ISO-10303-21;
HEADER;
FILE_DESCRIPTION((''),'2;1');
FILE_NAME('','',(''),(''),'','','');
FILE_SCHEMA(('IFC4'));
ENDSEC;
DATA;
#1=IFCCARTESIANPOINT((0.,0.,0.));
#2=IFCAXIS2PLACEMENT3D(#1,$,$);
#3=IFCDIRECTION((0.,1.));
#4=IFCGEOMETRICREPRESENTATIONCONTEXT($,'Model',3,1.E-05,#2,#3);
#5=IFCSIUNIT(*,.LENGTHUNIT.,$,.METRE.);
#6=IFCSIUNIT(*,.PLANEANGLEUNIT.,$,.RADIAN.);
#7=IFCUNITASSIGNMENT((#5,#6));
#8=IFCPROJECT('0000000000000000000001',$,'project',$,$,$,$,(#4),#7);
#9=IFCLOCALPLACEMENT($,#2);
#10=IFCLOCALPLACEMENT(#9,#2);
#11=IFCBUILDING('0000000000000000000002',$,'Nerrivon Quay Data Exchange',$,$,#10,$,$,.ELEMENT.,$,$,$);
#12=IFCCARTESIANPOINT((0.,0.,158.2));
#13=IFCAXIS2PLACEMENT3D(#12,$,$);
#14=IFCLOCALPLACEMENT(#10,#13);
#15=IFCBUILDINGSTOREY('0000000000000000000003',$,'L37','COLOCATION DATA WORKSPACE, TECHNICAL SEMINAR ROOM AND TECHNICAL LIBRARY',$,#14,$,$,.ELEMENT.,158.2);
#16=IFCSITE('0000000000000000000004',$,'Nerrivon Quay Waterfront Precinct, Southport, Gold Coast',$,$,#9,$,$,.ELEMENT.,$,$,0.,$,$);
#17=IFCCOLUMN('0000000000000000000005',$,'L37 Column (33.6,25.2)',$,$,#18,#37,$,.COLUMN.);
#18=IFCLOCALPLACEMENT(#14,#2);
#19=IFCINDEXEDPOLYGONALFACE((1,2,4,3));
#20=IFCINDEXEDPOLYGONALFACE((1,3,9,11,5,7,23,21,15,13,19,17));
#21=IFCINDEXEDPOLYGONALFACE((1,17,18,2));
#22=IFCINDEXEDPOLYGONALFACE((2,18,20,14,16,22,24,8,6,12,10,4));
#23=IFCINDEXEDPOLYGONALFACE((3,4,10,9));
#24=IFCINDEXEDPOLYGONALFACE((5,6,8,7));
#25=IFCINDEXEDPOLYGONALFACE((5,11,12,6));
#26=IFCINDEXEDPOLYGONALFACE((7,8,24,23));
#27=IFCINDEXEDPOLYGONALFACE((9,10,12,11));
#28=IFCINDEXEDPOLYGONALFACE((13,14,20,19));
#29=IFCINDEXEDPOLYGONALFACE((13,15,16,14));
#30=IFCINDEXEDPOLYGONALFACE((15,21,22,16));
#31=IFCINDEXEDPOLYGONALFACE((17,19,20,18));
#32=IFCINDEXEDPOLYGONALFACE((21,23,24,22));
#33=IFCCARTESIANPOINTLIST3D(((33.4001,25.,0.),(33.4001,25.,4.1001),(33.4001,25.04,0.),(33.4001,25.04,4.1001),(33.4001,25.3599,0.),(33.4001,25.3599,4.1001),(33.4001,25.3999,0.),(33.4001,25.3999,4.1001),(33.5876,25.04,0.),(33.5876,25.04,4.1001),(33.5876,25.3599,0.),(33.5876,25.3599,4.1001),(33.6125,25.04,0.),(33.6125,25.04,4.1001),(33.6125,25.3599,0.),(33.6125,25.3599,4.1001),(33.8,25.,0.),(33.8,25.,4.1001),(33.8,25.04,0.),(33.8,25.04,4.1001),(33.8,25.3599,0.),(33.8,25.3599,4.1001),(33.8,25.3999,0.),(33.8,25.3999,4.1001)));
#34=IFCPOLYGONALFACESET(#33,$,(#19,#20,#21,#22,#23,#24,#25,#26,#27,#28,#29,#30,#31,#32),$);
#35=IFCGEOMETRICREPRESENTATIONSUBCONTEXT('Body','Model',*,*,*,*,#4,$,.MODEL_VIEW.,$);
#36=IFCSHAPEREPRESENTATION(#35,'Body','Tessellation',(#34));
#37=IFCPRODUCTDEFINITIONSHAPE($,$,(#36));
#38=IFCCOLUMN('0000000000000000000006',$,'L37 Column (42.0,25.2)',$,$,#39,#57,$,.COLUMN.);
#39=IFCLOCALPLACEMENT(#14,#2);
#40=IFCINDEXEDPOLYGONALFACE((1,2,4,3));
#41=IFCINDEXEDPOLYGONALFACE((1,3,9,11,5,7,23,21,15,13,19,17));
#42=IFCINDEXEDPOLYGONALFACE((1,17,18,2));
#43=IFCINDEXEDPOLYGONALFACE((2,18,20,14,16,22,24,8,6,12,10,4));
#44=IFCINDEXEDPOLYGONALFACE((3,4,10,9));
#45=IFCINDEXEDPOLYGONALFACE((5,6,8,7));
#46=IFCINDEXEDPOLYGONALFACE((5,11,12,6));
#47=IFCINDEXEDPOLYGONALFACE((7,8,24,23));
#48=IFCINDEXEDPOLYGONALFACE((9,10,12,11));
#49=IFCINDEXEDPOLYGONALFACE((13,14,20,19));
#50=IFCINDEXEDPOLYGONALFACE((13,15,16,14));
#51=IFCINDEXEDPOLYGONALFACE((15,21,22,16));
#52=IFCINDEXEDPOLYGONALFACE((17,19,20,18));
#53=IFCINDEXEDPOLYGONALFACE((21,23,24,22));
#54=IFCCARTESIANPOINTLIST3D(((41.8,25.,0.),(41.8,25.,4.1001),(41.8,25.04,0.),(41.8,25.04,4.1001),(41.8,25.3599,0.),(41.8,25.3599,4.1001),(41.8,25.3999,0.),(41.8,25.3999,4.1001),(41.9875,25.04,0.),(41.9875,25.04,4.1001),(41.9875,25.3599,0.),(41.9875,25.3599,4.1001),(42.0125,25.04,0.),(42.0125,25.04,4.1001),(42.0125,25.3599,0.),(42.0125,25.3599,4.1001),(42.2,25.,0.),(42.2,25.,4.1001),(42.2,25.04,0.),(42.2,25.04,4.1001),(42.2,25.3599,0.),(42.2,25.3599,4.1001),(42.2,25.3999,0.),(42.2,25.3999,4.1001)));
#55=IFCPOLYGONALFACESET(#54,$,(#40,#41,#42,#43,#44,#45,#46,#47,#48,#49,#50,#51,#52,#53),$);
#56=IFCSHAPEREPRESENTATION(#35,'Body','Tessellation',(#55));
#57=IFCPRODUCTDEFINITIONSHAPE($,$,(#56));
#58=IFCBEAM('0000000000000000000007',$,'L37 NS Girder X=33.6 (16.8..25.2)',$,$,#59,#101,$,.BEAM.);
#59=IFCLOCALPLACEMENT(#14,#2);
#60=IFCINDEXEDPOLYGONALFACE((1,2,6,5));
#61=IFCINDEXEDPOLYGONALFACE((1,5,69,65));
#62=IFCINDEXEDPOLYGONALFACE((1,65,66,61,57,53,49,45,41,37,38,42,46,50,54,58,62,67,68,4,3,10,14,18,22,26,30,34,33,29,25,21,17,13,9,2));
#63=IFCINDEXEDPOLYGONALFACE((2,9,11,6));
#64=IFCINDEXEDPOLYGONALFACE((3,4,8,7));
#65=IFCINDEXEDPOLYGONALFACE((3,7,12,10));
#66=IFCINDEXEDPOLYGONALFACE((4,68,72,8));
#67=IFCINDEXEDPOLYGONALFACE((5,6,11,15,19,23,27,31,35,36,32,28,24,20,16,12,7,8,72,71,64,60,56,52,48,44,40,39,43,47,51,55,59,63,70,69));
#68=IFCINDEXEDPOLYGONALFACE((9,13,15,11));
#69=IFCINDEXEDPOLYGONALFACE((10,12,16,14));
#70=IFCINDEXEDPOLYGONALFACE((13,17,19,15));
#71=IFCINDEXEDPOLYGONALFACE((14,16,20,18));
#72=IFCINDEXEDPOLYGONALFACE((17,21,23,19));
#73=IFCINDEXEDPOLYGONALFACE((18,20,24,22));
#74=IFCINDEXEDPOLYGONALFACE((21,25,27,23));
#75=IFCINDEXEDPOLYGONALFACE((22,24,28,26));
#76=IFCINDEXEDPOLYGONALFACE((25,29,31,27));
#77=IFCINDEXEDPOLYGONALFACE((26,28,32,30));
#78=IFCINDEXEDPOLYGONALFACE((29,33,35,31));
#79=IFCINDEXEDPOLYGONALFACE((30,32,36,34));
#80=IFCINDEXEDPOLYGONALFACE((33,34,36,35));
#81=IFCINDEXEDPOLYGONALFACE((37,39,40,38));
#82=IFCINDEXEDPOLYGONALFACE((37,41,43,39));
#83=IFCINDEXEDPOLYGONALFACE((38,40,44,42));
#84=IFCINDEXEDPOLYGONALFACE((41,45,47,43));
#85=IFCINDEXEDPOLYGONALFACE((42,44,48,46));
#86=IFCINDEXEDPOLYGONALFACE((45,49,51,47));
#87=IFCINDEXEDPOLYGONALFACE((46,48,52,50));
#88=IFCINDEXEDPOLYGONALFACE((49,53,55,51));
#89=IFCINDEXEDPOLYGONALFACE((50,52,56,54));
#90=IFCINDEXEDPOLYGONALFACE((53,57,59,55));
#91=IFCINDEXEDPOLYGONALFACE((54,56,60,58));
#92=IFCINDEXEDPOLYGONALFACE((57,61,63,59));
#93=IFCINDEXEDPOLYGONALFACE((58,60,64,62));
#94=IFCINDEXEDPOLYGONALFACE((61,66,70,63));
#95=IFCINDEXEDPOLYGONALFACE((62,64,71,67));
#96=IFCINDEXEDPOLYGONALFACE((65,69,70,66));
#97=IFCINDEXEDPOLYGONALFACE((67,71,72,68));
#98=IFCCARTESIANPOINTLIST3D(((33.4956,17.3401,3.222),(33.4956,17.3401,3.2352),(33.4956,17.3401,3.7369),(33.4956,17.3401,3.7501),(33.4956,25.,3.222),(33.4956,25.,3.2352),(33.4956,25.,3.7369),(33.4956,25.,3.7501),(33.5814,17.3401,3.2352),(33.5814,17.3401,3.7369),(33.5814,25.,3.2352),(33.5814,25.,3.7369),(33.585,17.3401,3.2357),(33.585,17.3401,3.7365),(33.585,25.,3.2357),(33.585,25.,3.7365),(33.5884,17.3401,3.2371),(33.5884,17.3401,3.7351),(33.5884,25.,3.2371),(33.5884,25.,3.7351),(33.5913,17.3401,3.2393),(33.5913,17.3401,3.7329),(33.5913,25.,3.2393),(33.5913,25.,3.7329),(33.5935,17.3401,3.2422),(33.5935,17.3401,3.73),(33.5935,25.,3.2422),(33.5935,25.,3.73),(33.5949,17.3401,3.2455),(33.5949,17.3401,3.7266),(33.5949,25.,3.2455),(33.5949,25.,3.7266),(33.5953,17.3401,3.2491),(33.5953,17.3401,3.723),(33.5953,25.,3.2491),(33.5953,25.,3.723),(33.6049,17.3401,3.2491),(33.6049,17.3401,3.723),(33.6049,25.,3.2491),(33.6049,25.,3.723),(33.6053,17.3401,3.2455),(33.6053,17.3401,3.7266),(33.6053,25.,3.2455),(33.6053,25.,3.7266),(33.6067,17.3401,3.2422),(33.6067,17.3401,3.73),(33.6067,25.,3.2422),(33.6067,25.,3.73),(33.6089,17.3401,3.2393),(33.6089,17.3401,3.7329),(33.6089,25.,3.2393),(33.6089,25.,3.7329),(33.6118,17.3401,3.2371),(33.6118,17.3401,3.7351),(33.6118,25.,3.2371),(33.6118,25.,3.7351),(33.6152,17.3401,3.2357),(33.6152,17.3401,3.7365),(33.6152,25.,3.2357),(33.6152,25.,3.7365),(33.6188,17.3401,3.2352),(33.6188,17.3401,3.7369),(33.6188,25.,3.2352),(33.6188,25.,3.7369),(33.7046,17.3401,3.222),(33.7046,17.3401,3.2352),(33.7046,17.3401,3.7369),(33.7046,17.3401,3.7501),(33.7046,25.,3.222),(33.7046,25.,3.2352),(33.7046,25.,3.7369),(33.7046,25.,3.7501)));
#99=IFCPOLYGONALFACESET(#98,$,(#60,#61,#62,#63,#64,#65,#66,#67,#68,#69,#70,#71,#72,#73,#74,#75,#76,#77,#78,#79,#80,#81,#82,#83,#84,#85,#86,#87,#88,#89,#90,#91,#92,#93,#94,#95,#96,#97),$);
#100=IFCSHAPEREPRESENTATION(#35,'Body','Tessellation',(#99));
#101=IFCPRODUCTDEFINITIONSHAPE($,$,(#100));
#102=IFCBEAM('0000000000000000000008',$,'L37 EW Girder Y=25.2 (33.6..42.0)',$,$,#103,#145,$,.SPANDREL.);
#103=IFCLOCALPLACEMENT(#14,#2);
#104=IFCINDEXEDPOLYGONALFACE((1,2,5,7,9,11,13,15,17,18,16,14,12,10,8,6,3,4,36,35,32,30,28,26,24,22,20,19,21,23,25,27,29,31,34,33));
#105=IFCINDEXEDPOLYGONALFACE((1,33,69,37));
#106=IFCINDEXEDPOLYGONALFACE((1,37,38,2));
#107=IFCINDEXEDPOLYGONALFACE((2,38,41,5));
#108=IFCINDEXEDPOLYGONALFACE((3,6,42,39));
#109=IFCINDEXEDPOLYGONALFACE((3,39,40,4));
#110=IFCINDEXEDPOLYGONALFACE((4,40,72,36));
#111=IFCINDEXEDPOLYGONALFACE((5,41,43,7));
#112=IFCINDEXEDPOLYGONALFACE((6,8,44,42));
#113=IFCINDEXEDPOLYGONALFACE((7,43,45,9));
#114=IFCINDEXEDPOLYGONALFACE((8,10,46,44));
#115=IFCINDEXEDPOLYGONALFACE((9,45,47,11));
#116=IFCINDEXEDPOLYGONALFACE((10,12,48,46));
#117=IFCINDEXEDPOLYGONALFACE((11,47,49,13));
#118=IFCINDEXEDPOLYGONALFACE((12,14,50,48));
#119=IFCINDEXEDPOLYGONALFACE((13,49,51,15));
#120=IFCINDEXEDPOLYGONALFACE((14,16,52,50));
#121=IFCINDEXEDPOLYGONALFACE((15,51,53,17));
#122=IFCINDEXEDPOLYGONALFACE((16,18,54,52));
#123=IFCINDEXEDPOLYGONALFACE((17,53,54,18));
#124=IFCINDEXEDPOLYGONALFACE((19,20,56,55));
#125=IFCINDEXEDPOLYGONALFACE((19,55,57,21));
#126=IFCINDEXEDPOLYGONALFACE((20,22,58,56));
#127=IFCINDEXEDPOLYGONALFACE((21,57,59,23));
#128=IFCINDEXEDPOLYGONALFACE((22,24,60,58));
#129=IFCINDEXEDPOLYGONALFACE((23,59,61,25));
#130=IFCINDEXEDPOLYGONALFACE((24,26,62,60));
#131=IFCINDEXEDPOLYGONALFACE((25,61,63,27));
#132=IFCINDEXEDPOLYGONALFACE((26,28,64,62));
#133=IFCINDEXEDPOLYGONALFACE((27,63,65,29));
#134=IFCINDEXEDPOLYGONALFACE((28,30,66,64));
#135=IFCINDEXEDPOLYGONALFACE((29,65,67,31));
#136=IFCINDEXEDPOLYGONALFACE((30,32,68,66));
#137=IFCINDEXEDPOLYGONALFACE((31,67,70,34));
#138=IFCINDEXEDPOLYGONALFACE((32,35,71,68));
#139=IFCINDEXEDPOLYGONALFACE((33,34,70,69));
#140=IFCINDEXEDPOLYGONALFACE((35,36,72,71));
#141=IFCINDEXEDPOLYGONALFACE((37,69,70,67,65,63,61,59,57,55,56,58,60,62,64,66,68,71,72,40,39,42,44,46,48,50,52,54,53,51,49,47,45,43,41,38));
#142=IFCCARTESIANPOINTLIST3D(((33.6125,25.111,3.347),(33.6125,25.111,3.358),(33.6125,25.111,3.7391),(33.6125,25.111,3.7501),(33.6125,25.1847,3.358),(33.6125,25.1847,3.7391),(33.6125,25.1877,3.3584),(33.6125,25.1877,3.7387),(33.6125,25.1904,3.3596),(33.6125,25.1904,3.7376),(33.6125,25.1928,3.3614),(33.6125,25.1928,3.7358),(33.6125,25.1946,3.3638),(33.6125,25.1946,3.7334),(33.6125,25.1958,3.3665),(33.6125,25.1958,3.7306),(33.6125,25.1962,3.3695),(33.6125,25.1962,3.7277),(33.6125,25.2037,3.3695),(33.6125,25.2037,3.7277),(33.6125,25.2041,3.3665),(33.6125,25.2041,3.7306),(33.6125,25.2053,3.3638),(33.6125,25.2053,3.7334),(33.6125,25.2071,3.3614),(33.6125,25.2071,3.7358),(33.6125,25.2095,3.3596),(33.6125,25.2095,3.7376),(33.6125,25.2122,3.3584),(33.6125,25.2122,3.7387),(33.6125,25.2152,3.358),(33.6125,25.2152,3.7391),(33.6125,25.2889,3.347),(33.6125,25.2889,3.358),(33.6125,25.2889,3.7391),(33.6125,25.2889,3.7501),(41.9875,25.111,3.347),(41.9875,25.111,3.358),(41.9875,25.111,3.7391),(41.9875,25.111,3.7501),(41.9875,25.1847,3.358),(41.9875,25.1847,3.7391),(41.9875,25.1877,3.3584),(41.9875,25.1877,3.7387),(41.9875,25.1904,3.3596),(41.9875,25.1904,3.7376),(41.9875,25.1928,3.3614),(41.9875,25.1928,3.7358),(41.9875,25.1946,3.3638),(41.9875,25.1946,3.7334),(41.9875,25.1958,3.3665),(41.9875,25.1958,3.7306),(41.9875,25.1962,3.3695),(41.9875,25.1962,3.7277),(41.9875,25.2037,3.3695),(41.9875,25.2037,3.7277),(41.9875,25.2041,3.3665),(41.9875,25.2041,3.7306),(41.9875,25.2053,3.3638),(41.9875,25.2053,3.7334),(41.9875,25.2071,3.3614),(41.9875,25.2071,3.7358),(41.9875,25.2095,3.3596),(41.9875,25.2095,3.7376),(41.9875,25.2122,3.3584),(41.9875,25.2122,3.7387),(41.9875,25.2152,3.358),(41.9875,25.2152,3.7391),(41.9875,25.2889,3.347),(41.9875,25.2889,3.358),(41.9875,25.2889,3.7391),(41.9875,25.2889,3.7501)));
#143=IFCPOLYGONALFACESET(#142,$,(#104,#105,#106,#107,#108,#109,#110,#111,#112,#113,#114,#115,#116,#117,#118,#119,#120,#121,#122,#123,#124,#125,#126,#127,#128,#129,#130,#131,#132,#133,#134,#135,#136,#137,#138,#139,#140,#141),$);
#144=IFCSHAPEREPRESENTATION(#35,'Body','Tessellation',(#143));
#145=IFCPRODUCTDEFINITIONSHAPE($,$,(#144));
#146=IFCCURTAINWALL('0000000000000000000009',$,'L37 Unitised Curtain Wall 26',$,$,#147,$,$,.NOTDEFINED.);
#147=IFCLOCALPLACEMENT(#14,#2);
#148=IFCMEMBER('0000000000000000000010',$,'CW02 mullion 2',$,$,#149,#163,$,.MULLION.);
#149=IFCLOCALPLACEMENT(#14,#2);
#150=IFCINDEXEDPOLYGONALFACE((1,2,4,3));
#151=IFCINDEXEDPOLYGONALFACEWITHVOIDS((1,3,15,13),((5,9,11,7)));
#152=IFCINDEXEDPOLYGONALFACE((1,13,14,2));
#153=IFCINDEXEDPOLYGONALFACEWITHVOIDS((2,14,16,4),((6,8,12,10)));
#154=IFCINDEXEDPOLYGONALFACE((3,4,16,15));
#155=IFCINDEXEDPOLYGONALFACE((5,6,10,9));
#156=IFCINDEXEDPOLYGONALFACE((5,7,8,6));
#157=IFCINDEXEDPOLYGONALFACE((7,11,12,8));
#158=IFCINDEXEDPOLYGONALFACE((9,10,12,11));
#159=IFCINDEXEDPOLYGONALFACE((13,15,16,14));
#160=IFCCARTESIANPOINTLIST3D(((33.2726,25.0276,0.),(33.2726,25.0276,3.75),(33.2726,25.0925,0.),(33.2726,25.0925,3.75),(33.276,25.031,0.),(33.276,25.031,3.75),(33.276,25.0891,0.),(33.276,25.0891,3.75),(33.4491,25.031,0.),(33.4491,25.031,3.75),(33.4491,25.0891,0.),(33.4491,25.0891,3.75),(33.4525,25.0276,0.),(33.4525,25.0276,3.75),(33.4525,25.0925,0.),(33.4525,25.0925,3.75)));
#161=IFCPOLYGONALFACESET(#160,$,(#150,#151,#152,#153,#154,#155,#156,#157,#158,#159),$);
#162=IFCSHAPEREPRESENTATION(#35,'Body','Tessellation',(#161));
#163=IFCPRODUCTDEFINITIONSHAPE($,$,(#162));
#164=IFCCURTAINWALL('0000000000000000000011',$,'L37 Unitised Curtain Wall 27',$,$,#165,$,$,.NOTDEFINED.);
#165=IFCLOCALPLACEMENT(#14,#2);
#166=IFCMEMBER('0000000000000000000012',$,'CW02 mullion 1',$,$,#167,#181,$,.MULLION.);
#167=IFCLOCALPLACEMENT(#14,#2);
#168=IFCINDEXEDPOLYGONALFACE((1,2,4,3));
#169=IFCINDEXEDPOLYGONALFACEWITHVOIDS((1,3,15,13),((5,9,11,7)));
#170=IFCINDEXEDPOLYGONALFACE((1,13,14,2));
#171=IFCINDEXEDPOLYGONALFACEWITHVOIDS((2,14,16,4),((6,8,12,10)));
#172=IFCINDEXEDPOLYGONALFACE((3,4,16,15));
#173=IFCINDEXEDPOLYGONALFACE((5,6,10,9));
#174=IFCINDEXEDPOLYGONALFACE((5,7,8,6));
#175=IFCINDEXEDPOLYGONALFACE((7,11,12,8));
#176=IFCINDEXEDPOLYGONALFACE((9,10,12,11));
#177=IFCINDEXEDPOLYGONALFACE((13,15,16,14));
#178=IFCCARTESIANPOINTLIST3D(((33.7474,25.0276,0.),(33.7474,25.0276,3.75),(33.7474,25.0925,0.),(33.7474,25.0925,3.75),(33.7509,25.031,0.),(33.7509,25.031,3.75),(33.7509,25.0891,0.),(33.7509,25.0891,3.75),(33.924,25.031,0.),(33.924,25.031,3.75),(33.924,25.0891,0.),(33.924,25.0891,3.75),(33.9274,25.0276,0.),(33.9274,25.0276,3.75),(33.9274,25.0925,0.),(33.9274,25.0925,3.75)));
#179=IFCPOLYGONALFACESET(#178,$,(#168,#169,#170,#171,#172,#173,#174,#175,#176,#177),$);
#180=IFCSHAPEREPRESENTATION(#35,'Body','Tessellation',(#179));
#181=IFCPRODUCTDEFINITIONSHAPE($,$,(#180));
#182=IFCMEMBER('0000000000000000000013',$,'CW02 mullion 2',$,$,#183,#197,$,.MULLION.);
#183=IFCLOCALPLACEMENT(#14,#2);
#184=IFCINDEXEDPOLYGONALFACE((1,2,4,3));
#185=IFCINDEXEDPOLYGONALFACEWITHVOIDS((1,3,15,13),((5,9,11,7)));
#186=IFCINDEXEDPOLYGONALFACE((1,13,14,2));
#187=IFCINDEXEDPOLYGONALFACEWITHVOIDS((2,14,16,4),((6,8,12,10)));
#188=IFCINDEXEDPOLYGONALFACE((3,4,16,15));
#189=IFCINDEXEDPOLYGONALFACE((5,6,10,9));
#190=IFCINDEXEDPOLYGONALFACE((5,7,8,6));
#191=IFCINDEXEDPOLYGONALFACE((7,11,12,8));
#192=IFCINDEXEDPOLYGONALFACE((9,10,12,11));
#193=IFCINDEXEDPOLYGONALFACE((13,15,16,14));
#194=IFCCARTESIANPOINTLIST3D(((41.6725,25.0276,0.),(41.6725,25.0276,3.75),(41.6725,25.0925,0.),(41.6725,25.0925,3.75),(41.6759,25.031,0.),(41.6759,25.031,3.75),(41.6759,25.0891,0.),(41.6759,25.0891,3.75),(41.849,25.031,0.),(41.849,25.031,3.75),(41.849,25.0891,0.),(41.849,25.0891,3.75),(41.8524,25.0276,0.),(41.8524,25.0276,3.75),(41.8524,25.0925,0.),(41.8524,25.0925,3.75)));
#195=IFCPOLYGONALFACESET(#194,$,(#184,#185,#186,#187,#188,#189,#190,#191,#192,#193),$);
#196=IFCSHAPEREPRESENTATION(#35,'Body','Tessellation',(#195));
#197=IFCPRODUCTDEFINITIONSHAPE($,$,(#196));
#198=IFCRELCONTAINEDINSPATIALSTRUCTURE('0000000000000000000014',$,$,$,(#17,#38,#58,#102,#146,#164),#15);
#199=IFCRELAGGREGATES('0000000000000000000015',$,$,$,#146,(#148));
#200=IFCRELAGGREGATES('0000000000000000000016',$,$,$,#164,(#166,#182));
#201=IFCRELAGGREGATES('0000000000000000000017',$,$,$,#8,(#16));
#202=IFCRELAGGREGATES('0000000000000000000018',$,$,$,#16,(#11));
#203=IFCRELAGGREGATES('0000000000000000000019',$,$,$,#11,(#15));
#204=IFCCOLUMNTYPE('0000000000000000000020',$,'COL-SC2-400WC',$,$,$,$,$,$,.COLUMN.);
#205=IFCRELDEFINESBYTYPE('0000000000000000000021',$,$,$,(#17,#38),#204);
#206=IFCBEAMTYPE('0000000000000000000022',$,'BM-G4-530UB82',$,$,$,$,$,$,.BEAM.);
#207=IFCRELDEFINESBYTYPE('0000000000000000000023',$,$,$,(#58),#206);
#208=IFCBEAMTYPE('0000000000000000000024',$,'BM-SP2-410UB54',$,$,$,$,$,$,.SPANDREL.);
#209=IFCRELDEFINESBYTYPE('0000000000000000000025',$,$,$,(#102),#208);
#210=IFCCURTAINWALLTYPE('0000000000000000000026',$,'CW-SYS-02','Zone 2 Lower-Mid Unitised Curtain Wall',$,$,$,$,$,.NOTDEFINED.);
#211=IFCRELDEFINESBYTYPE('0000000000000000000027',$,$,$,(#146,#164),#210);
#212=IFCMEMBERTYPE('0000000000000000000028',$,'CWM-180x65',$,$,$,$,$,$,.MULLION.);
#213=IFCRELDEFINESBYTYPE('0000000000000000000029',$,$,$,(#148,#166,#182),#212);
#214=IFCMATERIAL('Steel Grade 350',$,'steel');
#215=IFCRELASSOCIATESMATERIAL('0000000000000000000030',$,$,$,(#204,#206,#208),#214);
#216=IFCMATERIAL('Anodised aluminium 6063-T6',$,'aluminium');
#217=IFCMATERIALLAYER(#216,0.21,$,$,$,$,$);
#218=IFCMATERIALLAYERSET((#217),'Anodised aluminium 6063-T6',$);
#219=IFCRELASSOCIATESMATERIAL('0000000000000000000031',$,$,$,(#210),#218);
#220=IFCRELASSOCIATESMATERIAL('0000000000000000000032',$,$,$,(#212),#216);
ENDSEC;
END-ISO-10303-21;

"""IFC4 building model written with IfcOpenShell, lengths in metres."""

from ifc_helpers import new_model, si_unit, direction, frame, origin, origin_2d, place, context, subcontext, project, spatial, hollow_rectangle, i_section, extrude, material, layer, layer_set, material_profile, profile_set, type_object, element, aggregate, save


model = new_model("IFC4")

# Units and contexts
model_context = context("Model", 3, precision=1e-05, world=origin(), true_north=direction((0.0, 1.0)))
body_context = subcontext(model_context, "Body", "Model", "MODEL_VIEW")
ifc_project = project(units=[si_unit("LENGTHUNIT", "METRE"), si_unit("PLANEANGLEUNIT", "RADIAN")], contexts=[model_context])

# Site, building, storey
site_placement = place(None, origin())
site = spatial("IfcSite", under=ifc_project, at=site_placement, Name="Nerrivon Quay Waterfront Precinct, Southport, Gold Coast", CompositionType="ELEMENT", RefElevation=0.0)
building_placement = place(site_placement, origin())
building = spatial("IfcBuilding", under=site, at=building_placement, Name="Nerrivon Quay Data Exchange", CompositionType="ELEMENT")
storey_placement = place(building_placement, frame((0.0, 0.0, 158.2)))
storey = spatial("IfcBuildingStorey", under=building, at=storey_placement, Name="L37", Description="COLOCATION DATA WORKSPACE, TECHNICAL SEMINAR ROOM AND TECHNICAL LIBRARY", CompositionType="ELEMENT", Elevation=158.2)

# Columns
ifc_material_1 = material(Name="Steel Grade 350", Category="steel")
ifc_material_profile_1 = material_profile(ifc_material_1, i_section(OverallWidth=0.3999, OverallDepth=0.3999, WebThickness=0.0249, FlangeThickness=0.04, at=origin_2d()), Name="400WC328")
ifc_profile_set_1 = profile_set([ifc_material_profile_1], Name="Steel Grade 350")
column_type = type_object("IfcColumnType", Name="COL-SC2-400WC", PredefinedType="COLUMN", material=ifc_profile_set_1)
for number, where, z_axis, x_axis, name in (
    (1, (33.6001, 25.2, 0.0), (0.0, 0.0, 1.0), (1.0, 0.0, 0.0), "L37 Column (33.6,25.2)"),
    (2, (42.0, 25.2, 0.0), (0.0, 0.0, 1.0), (1.0, 0.0, 0.0), "L37 Column (42.0,25.2)"),
):
    element("IfcColumn", number, at=place(storey_placement, frame(where, z_axis=z_axis, x_axis=x_axis)), inside=storey, type_object=column_type, Name=name, PredefinedType="COLUMN", context=body_context, shape_type="SweptSolid", body=[
        extrude(i_section(OverallWidth=0.3999, OverallDepth=0.3999, WebThickness=0.0249, FlangeThickness=0.04, at=origin_2d()), origin(), (0.0, 0.0, 1.0), 4.1001),
    ])

# Beams
ifc_material_profile_2 = material_profile(ifc_material_1, i_section(OverallWidth=0.209, OverallDepth=0.5281, WebThickness=0.0095, FlangeThickness=0.0132, FilletRadius=0.0139, at=origin_2d()), Name="530UB82.0")
ifc_profile_set_2 = profile_set([ifc_material_profile_2], Name="Steel Grade 350")
beam_type_1 = type_object("IfcBeamType", Name="BM-G4-530UB82", PredefinedType="BEAM", material=ifc_profile_set_2)
beam_1_placement = place(storey_placement, frame((33.6001, 17.3401, 3.4861), z_axis=(0.0, 1.0, 0.0), x_axis=(-1.0, 0.0, 0.0)))
element("IfcBeam", 3, at=beam_1_placement, inside=storey, type_object=beam_type_1, Name="L37 NS Girder X=33.6 (16.8..25.2)", PredefinedType="BEAM", context=body_context, shape_type="SweptSolid", body=[
    extrude(i_section(OverallWidth=0.209, OverallDepth=0.5281, WebThickness=0.0095, FlangeThickness=0.0132, FilletRadius=0.0139, at=origin_2d()), origin(), (0.0, 0.0, 1.0), 7.6599),
])
ifc_material_profile_3 = material_profile(ifc_material_1, i_section(OverallWidth=0.178, OverallDepth=0.4031, WebThickness=0.0076, FlangeThickness=0.011, FilletRadius=0.0115, at=origin_2d()), Name="410UB53.7")
ifc_profile_set_3 = profile_set([ifc_material_profile_3], Name="Steel Grade 350")
beam_type_2 = type_object("IfcBeamType", Name="BM-SP2-410UB54", PredefinedType="SPANDREL", material=ifc_profile_set_3)
beam_2_placement = place(storey_placement, frame((33.6125, 25.2, 3.5486), z_axis=(1.0, 0.0, 0.0), x_axis=(0.0, 1.0, 0.0)))
element("IfcBeam", 4, at=beam_2_placement, inside=storey, type_object=beam_type_2, Name="L37 EW Girder Y=25.2 (33.6..42.0)", PredefinedType="SPANDREL", context=body_context, shape_type="SweptSolid", body=[
    extrude(i_section(OverallWidth=0.178, OverallDepth=0.4031, WebThickness=0.0076, FlangeThickness=0.011, FilletRadius=0.0115, at=origin_2d()), origin(), (0.0, 0.0, 1.0), 8.375),
])

# Curtain wall, member
ifc_material_2 = material(Name="Anodised aluminium 6063-T6", Category="aluminium")
ifc_layer_1 = layer(ifc_material_2, 0.21)
ifc_layer_set_1 = layer_set([ifc_layer_1], Name="Anodised aluminium 6063-T6")
curtain_wall_type = type_object("IfcCurtainWallType", Name="CW-SYS-02", Description="Zone 2 Lower-Mid Unitised Curtain Wall", PredefinedType="NOTDEFINED", material=ifc_layer_set_1)
curtain_wall_1_placement = place(storey_placement, origin())
curtain_wall_1 = element("IfcCurtainWall", 5, at=curtain_wall_1_placement, inside=storey, type_object=curtain_wall_type, Name="L37 Unitised Curtain Wall 26", PredefinedType="NOTDEFINED")
ifc_material_profile_4 = material_profile(ifc_material_2, hollow_rectangle(XDim=0.0649, YDim=0.1799, WallThickness=0.0034, at=origin_2d()), Name="ALU-MULL-180x65")
ifc_profile_set_4 = profile_set([ifc_material_profile_4], Name="Anodised aluminium 6063-T6")
member_type_1 = type_object("IfcMemberType", Name="CWM-180x65", PredefinedType="MULLION", material=ifc_profile_set_4)
member_1_placement = place(storey_placement, frame((33.3625, 25.0601, 0.0), z_axis=(0.0, 0.0, 1.0), x_axis=(0.0, 1.0, 0.0)))
member_1 = element("IfcMember", 6, at=member_1_placement, type_object=member_type_1, Name="CW02 mullion 2", PredefinedType="MULLION", context=body_context, shape_type="SweptSolid", body=[
    extrude(hollow_rectangle(XDim=0.0649, YDim=0.1799, WallThickness=0.0034, at=origin_2d()), origin(), (0.0, 0.0, 1.0), 3.75),
])

# Curtain wall, members
curtain_wall_2_placement = place(storey_placement, origin())
curtain_wall_2 = element("IfcCurtainWall", 7, at=curtain_wall_2_placement, inside=storey, type_object=curtain_wall_type, Name="L37 Unitised Curtain Wall 27", PredefinedType="NOTDEFINED")
member_2_placement = place(storey_placement, frame((33.8374, 25.0601, 0.0), z_axis=(0.0, 0.0, 1.0), x_axis=(0.0, 1.0, 0.0)))
member_2 = element("IfcMember", 8, at=member_2_placement, type_object=member_type_1, Name="CW02 mullion 1", PredefinedType="MULLION", context=body_context, shape_type="SweptSolid", body=[
    extrude(hollow_rectangle(XDim=0.0649, YDim=0.1799, WallThickness=0.0034, at=origin_2d()), origin(), (0.0, 0.0, 1.0), 3.75),
])
member_3_placement = place(storey_placement, frame((41.7625, 25.0601, 0.0), z_axis=(0.0, 0.0, 1.0), x_axis=(0.0, 1.0, 0.0)))
member_3 = element("IfcMember", 9, at=member_3_placement, type_object=member_type_1, Name="CW02 mullion 2", PredefinedType="MULLION", context=body_context, shape_type="SweptSolid", body=[
    extrude(hollow_rectangle(XDim=0.0649, YDim=0.1799, WallThickness=0.0034, at=origin_2d()), origin(), (0.0, 0.0, 1.0), 3.75),
])

aggregate(curtain_wall_1, [member_1])
aggregate(curtain_wall_2, [member_2, member_3])

save(model, "model.ifc")
